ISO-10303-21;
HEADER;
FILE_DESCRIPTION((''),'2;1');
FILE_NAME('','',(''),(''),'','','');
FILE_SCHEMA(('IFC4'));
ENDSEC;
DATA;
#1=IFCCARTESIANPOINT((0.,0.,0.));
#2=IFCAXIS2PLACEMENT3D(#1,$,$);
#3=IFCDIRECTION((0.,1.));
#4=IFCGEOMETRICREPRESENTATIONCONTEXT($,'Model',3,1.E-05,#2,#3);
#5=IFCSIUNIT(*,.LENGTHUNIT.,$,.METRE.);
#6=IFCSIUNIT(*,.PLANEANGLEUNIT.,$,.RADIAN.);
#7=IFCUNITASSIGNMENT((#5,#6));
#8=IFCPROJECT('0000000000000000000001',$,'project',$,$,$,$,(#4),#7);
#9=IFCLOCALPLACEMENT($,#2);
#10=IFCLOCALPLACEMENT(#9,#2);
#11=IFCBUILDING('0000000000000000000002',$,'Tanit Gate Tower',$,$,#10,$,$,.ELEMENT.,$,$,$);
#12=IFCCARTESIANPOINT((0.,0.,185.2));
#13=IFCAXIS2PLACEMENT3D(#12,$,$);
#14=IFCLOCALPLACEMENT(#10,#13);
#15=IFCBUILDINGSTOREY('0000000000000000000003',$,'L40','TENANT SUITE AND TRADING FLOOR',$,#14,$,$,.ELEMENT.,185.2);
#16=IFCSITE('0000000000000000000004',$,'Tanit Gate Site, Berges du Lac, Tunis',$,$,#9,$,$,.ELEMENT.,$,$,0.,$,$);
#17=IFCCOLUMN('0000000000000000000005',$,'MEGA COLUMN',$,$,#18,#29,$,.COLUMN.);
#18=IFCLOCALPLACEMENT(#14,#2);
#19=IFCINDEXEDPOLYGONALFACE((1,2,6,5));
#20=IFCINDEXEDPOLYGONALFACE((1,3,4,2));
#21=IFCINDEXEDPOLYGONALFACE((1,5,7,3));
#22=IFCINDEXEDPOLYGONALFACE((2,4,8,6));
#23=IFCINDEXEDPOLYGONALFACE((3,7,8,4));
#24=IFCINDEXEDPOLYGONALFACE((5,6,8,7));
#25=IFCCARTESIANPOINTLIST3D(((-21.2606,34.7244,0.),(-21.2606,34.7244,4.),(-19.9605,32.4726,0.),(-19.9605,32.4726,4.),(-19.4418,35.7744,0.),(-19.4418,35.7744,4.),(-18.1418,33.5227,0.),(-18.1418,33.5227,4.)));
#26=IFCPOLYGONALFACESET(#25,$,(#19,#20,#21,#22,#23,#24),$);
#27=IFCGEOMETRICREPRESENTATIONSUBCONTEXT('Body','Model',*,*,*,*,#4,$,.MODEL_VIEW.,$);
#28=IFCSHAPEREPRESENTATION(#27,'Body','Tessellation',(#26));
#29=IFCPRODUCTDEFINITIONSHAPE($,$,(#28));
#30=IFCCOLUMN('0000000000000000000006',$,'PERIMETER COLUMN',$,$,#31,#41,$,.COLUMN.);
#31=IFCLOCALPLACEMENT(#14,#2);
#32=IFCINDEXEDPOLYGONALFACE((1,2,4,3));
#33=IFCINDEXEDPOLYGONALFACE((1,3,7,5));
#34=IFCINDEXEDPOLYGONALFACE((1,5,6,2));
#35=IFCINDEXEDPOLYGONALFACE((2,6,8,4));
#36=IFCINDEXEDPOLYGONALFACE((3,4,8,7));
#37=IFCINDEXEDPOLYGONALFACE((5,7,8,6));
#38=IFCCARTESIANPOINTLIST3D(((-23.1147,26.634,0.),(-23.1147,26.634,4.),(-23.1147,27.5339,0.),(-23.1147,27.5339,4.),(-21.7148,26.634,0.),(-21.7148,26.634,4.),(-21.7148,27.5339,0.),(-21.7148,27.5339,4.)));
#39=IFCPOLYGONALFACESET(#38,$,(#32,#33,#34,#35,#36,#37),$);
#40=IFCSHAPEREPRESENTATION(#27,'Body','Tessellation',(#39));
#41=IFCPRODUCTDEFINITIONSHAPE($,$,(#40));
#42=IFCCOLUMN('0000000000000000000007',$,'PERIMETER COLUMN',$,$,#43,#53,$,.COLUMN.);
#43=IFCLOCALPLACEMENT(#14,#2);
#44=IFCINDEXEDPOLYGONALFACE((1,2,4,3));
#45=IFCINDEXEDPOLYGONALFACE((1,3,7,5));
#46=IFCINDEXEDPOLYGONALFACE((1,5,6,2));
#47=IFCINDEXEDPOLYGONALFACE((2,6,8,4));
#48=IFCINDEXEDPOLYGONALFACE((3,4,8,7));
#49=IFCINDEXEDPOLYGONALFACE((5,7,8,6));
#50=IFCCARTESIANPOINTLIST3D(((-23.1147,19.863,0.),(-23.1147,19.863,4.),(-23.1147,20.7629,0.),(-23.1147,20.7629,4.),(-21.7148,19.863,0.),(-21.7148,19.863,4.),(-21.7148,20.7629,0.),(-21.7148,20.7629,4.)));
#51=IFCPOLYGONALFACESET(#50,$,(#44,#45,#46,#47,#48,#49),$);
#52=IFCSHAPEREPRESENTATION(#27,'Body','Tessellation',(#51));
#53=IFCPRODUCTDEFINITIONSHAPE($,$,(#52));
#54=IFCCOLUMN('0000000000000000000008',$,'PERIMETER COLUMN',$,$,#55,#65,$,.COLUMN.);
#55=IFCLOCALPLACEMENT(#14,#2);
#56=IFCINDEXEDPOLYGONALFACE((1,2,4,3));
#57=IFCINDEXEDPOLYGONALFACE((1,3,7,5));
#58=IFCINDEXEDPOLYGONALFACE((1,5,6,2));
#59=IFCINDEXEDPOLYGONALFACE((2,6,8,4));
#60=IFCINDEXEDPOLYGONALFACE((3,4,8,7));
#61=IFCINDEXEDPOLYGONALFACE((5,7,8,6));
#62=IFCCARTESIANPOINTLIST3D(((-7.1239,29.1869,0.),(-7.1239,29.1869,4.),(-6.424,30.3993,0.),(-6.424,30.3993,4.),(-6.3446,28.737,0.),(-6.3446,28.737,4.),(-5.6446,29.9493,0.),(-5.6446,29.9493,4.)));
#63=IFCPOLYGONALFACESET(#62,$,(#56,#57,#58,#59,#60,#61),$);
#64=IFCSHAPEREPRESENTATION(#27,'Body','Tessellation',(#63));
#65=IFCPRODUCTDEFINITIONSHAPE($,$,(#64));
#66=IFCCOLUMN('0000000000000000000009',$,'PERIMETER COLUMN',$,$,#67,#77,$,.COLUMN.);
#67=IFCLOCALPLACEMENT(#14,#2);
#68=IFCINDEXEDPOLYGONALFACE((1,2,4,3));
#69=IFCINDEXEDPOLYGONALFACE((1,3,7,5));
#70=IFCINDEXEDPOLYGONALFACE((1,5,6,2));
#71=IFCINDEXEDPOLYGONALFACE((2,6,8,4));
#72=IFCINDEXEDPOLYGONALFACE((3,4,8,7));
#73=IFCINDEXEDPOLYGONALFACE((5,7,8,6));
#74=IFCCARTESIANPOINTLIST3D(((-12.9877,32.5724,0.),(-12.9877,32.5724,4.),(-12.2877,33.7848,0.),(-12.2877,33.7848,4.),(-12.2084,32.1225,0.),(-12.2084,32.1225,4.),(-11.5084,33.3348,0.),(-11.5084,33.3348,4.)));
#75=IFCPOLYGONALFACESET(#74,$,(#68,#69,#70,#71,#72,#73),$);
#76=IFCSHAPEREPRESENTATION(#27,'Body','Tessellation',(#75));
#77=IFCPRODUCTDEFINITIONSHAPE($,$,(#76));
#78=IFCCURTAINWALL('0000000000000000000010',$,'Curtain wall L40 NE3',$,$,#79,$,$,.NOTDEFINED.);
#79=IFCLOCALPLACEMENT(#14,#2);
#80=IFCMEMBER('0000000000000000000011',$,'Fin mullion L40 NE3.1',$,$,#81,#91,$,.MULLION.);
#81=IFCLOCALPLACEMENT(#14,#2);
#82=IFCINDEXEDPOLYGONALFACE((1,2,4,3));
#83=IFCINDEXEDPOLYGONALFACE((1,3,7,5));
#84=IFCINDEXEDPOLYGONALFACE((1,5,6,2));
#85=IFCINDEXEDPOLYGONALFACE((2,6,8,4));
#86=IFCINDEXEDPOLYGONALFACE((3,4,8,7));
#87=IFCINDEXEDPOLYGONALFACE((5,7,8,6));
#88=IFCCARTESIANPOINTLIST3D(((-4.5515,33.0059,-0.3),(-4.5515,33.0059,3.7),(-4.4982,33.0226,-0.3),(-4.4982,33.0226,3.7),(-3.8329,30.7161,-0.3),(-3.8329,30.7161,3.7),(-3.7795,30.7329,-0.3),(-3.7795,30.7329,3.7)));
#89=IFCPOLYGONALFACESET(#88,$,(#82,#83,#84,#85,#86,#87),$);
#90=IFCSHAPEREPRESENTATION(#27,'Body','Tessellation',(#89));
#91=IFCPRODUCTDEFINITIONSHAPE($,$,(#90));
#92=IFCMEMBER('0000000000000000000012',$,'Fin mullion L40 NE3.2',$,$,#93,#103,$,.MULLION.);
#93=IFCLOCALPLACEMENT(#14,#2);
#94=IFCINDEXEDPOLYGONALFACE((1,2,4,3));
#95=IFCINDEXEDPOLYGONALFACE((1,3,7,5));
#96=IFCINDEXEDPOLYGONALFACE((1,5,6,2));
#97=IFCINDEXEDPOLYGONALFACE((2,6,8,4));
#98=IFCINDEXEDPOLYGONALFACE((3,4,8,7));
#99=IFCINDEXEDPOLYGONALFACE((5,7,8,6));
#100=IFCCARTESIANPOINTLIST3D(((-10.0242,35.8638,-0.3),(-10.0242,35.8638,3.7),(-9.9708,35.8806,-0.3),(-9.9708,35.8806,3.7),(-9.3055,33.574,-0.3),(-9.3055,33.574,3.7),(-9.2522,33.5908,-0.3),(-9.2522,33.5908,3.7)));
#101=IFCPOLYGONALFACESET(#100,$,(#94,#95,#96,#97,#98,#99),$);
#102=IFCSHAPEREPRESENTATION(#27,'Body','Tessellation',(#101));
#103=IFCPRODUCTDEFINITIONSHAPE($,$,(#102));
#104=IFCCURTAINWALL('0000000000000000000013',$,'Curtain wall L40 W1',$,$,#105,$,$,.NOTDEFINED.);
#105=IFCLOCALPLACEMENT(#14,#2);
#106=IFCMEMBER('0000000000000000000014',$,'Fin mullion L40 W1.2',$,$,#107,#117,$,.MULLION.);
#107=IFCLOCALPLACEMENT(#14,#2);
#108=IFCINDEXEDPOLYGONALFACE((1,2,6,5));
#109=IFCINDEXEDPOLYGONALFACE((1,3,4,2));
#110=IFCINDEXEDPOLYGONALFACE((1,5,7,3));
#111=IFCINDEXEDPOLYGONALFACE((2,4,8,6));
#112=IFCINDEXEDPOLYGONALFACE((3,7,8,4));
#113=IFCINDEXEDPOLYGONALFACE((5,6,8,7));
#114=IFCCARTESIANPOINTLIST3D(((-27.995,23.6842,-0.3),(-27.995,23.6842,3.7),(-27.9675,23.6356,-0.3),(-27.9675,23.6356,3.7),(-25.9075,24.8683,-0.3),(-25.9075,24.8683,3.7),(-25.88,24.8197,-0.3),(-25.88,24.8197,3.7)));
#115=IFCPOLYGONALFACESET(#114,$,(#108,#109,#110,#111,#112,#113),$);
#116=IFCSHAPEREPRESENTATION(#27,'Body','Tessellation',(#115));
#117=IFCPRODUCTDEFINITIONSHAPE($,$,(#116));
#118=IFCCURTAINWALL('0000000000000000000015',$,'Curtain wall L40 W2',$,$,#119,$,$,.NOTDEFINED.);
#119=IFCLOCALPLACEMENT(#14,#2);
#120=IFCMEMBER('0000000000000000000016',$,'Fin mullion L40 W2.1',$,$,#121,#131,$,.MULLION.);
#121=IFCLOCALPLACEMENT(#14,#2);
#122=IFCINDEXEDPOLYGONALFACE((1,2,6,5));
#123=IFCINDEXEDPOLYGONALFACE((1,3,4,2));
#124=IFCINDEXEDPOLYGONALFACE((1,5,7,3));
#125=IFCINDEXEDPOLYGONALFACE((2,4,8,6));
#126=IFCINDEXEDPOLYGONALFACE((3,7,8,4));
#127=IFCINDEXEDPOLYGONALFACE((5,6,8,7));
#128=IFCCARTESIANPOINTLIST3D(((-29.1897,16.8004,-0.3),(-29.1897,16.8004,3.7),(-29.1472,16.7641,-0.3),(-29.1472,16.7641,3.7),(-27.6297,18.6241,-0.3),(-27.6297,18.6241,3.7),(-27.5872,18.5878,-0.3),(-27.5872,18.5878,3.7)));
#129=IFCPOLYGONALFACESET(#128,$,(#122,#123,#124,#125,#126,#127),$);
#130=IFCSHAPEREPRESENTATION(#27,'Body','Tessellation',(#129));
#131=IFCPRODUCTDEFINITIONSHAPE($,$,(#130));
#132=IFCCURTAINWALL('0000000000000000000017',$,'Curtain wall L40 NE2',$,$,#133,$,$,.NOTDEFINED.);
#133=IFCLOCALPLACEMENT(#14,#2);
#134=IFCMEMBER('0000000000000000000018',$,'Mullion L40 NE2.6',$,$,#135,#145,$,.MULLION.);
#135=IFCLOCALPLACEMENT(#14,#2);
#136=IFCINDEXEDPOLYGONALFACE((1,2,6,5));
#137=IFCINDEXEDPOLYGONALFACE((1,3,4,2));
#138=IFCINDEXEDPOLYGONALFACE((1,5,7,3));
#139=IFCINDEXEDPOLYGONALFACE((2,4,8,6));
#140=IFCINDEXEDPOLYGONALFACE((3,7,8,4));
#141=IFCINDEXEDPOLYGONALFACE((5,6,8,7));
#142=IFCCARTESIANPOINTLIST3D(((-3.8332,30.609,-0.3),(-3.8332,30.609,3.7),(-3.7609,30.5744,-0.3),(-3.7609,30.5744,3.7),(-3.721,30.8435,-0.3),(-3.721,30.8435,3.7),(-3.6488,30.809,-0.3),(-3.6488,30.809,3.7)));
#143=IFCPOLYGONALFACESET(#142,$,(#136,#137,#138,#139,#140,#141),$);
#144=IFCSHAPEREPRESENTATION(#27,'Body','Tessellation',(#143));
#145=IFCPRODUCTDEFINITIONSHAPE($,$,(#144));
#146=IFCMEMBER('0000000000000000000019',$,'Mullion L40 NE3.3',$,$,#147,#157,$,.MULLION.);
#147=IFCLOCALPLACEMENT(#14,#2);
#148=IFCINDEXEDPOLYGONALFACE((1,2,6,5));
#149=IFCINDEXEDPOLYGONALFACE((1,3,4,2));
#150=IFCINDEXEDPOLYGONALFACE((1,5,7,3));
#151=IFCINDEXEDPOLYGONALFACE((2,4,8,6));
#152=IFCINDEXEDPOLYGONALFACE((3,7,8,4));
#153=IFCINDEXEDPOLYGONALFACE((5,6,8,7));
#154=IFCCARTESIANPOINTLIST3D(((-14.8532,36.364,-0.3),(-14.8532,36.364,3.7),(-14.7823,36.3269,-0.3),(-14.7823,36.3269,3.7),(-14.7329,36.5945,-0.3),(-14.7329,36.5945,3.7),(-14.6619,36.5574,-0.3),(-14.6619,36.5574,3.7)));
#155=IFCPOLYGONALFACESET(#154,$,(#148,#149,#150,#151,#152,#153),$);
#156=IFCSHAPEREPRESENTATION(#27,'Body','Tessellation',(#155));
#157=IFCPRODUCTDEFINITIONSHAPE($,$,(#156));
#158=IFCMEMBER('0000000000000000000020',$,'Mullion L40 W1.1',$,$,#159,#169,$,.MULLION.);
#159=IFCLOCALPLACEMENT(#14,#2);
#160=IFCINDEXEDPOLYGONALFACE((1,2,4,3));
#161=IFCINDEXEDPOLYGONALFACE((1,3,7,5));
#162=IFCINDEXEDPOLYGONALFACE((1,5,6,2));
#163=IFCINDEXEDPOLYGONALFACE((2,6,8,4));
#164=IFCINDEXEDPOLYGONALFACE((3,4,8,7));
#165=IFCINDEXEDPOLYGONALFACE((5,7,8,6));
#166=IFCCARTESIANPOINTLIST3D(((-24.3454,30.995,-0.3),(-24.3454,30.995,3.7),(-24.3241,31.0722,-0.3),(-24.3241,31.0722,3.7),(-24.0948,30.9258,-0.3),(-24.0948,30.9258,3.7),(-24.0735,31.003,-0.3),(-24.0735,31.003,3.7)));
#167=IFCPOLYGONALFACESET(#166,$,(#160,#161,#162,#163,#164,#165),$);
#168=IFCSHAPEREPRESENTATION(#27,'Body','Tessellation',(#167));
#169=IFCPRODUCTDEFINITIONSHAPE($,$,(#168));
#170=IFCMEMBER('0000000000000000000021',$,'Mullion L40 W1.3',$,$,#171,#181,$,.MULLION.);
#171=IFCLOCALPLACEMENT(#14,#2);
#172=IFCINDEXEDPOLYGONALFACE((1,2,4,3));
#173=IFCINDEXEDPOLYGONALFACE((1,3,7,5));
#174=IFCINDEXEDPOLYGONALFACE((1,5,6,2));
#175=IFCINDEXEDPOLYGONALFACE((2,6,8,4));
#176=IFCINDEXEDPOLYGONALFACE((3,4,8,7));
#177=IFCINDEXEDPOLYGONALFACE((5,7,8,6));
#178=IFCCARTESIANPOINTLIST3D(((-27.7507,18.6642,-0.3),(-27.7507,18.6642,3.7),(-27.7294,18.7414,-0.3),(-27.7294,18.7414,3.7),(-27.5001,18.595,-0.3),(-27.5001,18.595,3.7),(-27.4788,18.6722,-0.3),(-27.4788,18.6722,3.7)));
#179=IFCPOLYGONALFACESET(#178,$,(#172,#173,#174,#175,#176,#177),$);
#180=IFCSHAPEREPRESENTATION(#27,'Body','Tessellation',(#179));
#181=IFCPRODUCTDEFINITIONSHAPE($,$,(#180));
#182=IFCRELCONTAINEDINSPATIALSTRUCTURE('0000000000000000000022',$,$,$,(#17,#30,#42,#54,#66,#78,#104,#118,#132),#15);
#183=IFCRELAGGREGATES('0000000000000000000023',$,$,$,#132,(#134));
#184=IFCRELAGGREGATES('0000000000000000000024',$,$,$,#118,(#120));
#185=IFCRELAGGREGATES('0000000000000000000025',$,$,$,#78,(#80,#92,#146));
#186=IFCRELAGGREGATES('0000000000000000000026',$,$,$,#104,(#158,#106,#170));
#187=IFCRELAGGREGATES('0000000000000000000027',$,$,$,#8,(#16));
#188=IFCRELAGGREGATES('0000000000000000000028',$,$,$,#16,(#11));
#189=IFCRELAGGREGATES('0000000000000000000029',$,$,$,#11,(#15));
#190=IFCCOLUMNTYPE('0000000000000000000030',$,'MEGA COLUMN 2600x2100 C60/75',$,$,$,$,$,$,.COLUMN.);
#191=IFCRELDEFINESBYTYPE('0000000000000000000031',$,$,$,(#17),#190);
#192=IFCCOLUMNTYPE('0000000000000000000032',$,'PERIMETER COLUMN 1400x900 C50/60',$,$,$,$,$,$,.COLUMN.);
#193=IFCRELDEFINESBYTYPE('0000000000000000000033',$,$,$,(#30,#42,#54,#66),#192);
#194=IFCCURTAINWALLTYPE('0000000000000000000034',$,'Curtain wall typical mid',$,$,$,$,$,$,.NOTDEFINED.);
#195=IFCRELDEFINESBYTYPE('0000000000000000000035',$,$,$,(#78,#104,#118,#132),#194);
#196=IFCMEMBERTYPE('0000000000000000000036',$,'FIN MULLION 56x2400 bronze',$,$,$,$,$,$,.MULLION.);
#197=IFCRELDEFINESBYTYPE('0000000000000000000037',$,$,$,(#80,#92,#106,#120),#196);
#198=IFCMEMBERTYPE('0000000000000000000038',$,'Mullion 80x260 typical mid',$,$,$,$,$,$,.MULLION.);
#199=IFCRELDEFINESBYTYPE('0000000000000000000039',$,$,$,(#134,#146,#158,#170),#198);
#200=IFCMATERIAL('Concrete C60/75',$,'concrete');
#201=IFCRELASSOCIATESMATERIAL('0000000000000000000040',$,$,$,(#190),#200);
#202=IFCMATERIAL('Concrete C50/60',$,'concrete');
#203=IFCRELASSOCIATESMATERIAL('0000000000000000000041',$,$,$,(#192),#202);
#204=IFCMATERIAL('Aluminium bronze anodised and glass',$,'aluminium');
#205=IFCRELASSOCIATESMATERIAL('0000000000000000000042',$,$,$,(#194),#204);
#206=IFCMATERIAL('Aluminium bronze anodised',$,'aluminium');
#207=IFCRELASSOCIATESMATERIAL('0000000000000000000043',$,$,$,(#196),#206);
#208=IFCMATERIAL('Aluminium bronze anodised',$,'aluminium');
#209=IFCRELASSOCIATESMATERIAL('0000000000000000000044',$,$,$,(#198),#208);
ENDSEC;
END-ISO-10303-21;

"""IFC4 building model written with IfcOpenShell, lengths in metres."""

from ifc_helpers import new_model, si_unit, direction, frame, origin, origin_2d, place, context, subcontext, project, spatial, rectangle, extrude, material, material_profile, profile_set, type_object, element, aggregate, save


model = new_model("IFC4")

# Units and contexts
model_context = context("Model", 3, precision=1e-05, world=origin(), true_north=direction((0.0, 1.0)))
body_context = subcontext(model_context, "Body", "Model", "MODEL_VIEW")
ifc_project = project(units=[si_unit("LENGTHUNIT", "METRE"), si_unit("PLANEANGLEUNIT", "RADIAN")], contexts=[model_context])

# Site, building, storey
site_placement = place(None, origin())
site = spatial("IfcSite", under=ifc_project, at=site_placement, Name="Tanit Gate Site, Berges du Lac, Tunis", CompositionType="ELEMENT", RefElevation=0.0)
building_placement = place(site_placement, origin())
building = spatial("IfcBuilding", under=site, at=building_placement, Name="Tanit Gate Tower", CompositionType="ELEMENT")
storey_placement = place(building_placement, frame((0.0, 0.0, 185.2)))
storey = spatial("IfcBuildingStorey", under=building, at=storey_placement, Name="L40", Description="TENANT SUITE AND TRADING FLOOR", CompositionType="ELEMENT", Elevation=185.2)

# Columns
ifc_material_1 = material(Name="Concrete C60/75", Category="concrete")
ifc_material_profile_1 = material_profile(ifc_material_1, rectangle(XDim=2.6001, YDim=2.1001, at=origin_2d()), Name="RC 2600x2100")
ifc_profile_set_1 = profile_set([ifc_material_profile_1], Name="Concrete C60/75")
column_type_1 = type_object("IfcColumnType", Name="MEGA COLUMN 2600x2100 C60/75", PredefinedType="COLUMN", material=ifc_profile_set_1)
column_placement = place(storey_placement, frame((-19.7012, 34.1235, 0.0), z_axis=(0.0, 0.0, 1.0), x_axis=(-0.5, 0.866025, 0.0)))
element("IfcColumn", 1, at=column_placement, inside=storey, type_object=column_type_1, Name="MEGA COLUMN", PredefinedType="COLUMN", context=body_context, shape_type="SweptSolid", body=[
    extrude(rectangle(XDim=2.6001, YDim=2.1001, at=origin_2d()), origin(), (0.0, 0.0, 1.0), 4.0),
])
ifc_material_2 = material(Name="Concrete C50/60", Category="concrete")
ifc_material_profile_2 = material_profile(ifc_material_2, rectangle(XDim=1.3999, YDim=0.8999, at=origin_2d()), Name="RC 1400x900")
ifc_profile_set_2 = profile_set([ifc_material_profile_2], Name="Concrete C50/60")
column_type_2 = type_object("IfcColumnType", Name="PERIMETER COLUMN 1400x900 C50/60", PredefinedType="COLUMN", material=ifc_profile_set_2)
for number, where, z_axis, x_axis, name in (
    (2, (-22.4148, 27.084, 0.0), (0.0, 0.0, 1.0), (-1.0, 0.0, 0.0), "PERIMETER COLUMN"),
    (3, (-22.4148, 20.313, 0.0), (0.0, 0.0, 1.0), (-1.0, 0.0, 0.0), "PERIMETER COLUMN"),
    (4, (-6.3843, 29.5681, 0.0), (0.0, 0.0, 1.0), (0.5, 0.866025, 0.0), "PERIMETER COLUMN"),
    (5, (-12.248, 32.9536, 0.0), (0.0, 0.0, 1.0), (0.5, 0.866025, 0.0), "PERIMETER COLUMN"),
):
    element("IfcColumn", number, at=place(storey_placement, frame(where, z_axis=z_axis, x_axis=x_axis)), inside=storey, type_object=column_type_2, Name=name, PredefinedType="COLUMN", context=body_context, shape_type="SweptSolid", body=[
        extrude(rectangle(XDim=1.3999, YDim=0.8999, at=origin_2d()), origin(), (0.0, 0.0, 1.0), 4.0),
    ])

# Curtain wall, members
ifc_material_3 = material(Name="Aluminium bronze anodised and glass", Category="aluminium")
curtain_wall_type = type_object("IfcCurtainWallType", Name="Curtain wall typical mid", PredefinedType="NOTDEFINED", material=ifc_material_3)
curtain_wall_1_placement = place(storey_placement, origin())
curtain_wall_1 = element("IfcCurtainWall", 6, at=curtain_wall_1_placement, inside=storey, type_object=curtain_wall_type, Name="Curtain wall L40 NE3", PredefinedType="NOTDEFINED")
ifc_material_4 = material(Name="Aluminium bronze anodised", Category="aluminium")
ifc_material_profile_3 = material_profile(ifc_material_4, rectangle(XDim=2.3999, YDim=0.0559, at=origin_2d()), Name="56x2400 bronze fin mullion")
ifc_profile_set_3 = profile_set([ifc_material_profile_3], Name="Aluminium bronze anodised")
member_type_1 = type_object("IfcMemberType", Name="FIN MULLION 56x2400 bronze", PredefinedType="MULLION", material=ifc_profile_set_3)
member_1_placement = place(storey_placement, frame((-4.1655, 31.8694, -0.3), z_axis=(0.0, 0.0, 1.0), x_axis=(0.299452, -0.954111, 0.0)))
member_1 = element("IfcMember", 7, at=member_1_placement, type_object=member_type_1, Name="Fin mullion L40 NE3.1", PredefinedType="MULLION", context=body_context, shape_type="SweptSolid", body=[
    extrude(rectangle(XDim=2.3999, YDim=0.0559, at=origin_2d()), origin(), (0.0, 0.0, 1.0), 4.0),
])
member_2_placement = place(storey_placement, frame((-9.6382, 34.7273, -0.3), z_axis=(0.0, 0.0, 1.0), x_axis=(0.299452, -0.954111, 0.0)))
member_2 = element("IfcMember", 8, at=member_2_placement, type_object=member_type_1, Name="Fin mullion L40 NE3.2", PredefinedType="MULLION", context=body_context, shape_type="SweptSolid", body=[
    extrude(rectangle(XDim=2.3999, YDim=0.0559, at=origin_2d()), origin(), (0.0, 0.0, 1.0), 4.0),
])

# Curtain walls, members
curtain_wall_2_placement = place(storey_placement, origin())
curtain_wall_2 = element("IfcCurtainWall", 9, at=curtain_wall_2_placement, inside=storey, type_object=curtain_wall_type, Name="Curtain wall L40 W1", PredefinedType="NOTDEFINED")
member_3_placement = place(storey_placement, frame((-26.9375, 24.252, -0.3), z_axis=(0.0, 0.0, 1.0), x_axis=(0.86982, 0.493369, 0.0)))
member_3 = element("IfcMember", 10, at=member_3_placement, type_object=member_type_1, Name="Fin mullion L40 W1.2", PredefinedType="MULLION", context=body_context, shape_type="SweptSolid", body=[
    extrude(rectangle(XDim=2.3999, YDim=0.0559, at=origin_2d()), origin(), (0.0, 0.0, 1.0), 4.0),
])
curtain_wall_3_placement = place(storey_placement, origin())
curtain_wall_3 = element("IfcCurtainWall", 11, at=curtain_wall_3_placement, inside=storey, type_object=curtain_wall_type, Name="Curtain wall L40 W2", PredefinedType="NOTDEFINED")
member_4_placement = place(storey_placement, frame((-28.3884, 17.6941, -0.3), z_axis=(0.0, 0.0, 1.0), x_axis=(0.650026, 0.759912, 0.0)))
member_4 = element("IfcMember", 12, at=member_4_placement, type_object=member_type_1, Name="Fin mullion L40 W2.1", PredefinedType="MULLION", context=body_context, shape_type="SweptSolid", body=[
    extrude(rectangle(XDim=2.3999, YDim=0.0559, at=origin_2d()), origin(), (0.0, 0.0, 1.0), 4.0),
])
curtain_wall_4_placement = place(storey_placement, origin())
curtain_wall_4 = element("IfcCurtainWall", 13, at=curtain_wall_4_placement, inside=storey, type_object=curtain_wall_type, Name="Curtain wall L40 NE2", PredefinedType="NOTDEFINED")
ifc_material_5 = material(Name="Aluminium bronze anodised", Category="aluminium")
ifc_material_profile_4 = material_profile(ifc_material_5, rectangle(XDim=0.26, YDim=0.0801, at=origin_2d()), Name="80x260 bronze mullion")
ifc_profile_set_4 = profile_set([ifc_material_profile_4], Name="Aluminium bronze anodised")
member_type_2 = type_object("IfcMemberType", Name="Mullion 80x260 typical mid", PredefinedType="MULLION", material=ifc_profile_set_4)
member_5_placement = place(storey_placement, frame((-3.741, 30.709, -0.3), z_axis=(0.0, 0.0, 1.0), x_axis=(-0.431197, -0.902258, 0.0)))
member_5 = element("IfcMember", 14, at=member_5_placement, type_object=member_type_2, Name="Mullion L40 NE2.6", PredefinedType="MULLION", context=body_context, shape_type="SweptSolid", body=[
    extrude(rectangle(XDim=0.26, YDim=0.0801, at=origin_2d()), origin(), (0.0, 0.0, 1.0), 4.0),
])
aggregate(curtain_wall_4, [member_5])

# Members
member_6_placement = place(storey_placement, frame((-14.7576, 36.4607, -0.3), z_axis=(0.0, 0.0, 1.0), x_axis=(-0.462914, -0.886403, 0.0)))
member_6 = element("IfcMember", 15, at=member_6_placement, type_object=member_type_2, Name="Mullion L40 NE3.3", PredefinedType="MULLION", context=body_context, shape_type="SweptSolid", body=[
    extrude(rectangle(XDim=0.26, YDim=0.0801, at=origin_2d()), origin(), (0.0, 0.0, 1.0), 4.0),
])
member_7_placement = place(storey_placement, frame((-24.2095, 30.999, -0.3), z_axis=(0.0, 0.0, 1.0), x_axis=(0.96392, -0.266191, 0.0)))
member_7 = element("IfcMember", 16, at=member_7_placement, type_object=member_type_2, Name="Mullion L40 W1.1", PredefinedType="MULLION", context=body_context, shape_type="SweptSolid", body=[
    extrude(rectangle(XDim=0.26, YDim=0.0801, at=origin_2d()), origin(), (0.0, 0.0, 1.0), 4.0),
])
member_8_placement = place(storey_placement, frame((-27.6147, 18.6682, -0.3), z_axis=(0.0, 0.0, 1.0), x_axis=(0.96392, -0.266191, 0.0)))
member_8 = element("IfcMember", 17, at=member_8_placement, type_object=member_type_2, Name="Mullion L40 W1.3", PredefinedType="MULLION", context=body_context, shape_type="SweptSolid", body=[
    extrude(rectangle(XDim=0.26, YDim=0.0801, at=origin_2d()), origin(), (0.0, 0.0, 1.0), 4.0),
])

aggregate(curtain_wall_3, [member_4])

aggregate(curtain_wall_1, [member_1, member_2, member_6])
aggregate(curtain_wall_2, [member_7, member_3, member_8])

save(model, "model.ifc")
